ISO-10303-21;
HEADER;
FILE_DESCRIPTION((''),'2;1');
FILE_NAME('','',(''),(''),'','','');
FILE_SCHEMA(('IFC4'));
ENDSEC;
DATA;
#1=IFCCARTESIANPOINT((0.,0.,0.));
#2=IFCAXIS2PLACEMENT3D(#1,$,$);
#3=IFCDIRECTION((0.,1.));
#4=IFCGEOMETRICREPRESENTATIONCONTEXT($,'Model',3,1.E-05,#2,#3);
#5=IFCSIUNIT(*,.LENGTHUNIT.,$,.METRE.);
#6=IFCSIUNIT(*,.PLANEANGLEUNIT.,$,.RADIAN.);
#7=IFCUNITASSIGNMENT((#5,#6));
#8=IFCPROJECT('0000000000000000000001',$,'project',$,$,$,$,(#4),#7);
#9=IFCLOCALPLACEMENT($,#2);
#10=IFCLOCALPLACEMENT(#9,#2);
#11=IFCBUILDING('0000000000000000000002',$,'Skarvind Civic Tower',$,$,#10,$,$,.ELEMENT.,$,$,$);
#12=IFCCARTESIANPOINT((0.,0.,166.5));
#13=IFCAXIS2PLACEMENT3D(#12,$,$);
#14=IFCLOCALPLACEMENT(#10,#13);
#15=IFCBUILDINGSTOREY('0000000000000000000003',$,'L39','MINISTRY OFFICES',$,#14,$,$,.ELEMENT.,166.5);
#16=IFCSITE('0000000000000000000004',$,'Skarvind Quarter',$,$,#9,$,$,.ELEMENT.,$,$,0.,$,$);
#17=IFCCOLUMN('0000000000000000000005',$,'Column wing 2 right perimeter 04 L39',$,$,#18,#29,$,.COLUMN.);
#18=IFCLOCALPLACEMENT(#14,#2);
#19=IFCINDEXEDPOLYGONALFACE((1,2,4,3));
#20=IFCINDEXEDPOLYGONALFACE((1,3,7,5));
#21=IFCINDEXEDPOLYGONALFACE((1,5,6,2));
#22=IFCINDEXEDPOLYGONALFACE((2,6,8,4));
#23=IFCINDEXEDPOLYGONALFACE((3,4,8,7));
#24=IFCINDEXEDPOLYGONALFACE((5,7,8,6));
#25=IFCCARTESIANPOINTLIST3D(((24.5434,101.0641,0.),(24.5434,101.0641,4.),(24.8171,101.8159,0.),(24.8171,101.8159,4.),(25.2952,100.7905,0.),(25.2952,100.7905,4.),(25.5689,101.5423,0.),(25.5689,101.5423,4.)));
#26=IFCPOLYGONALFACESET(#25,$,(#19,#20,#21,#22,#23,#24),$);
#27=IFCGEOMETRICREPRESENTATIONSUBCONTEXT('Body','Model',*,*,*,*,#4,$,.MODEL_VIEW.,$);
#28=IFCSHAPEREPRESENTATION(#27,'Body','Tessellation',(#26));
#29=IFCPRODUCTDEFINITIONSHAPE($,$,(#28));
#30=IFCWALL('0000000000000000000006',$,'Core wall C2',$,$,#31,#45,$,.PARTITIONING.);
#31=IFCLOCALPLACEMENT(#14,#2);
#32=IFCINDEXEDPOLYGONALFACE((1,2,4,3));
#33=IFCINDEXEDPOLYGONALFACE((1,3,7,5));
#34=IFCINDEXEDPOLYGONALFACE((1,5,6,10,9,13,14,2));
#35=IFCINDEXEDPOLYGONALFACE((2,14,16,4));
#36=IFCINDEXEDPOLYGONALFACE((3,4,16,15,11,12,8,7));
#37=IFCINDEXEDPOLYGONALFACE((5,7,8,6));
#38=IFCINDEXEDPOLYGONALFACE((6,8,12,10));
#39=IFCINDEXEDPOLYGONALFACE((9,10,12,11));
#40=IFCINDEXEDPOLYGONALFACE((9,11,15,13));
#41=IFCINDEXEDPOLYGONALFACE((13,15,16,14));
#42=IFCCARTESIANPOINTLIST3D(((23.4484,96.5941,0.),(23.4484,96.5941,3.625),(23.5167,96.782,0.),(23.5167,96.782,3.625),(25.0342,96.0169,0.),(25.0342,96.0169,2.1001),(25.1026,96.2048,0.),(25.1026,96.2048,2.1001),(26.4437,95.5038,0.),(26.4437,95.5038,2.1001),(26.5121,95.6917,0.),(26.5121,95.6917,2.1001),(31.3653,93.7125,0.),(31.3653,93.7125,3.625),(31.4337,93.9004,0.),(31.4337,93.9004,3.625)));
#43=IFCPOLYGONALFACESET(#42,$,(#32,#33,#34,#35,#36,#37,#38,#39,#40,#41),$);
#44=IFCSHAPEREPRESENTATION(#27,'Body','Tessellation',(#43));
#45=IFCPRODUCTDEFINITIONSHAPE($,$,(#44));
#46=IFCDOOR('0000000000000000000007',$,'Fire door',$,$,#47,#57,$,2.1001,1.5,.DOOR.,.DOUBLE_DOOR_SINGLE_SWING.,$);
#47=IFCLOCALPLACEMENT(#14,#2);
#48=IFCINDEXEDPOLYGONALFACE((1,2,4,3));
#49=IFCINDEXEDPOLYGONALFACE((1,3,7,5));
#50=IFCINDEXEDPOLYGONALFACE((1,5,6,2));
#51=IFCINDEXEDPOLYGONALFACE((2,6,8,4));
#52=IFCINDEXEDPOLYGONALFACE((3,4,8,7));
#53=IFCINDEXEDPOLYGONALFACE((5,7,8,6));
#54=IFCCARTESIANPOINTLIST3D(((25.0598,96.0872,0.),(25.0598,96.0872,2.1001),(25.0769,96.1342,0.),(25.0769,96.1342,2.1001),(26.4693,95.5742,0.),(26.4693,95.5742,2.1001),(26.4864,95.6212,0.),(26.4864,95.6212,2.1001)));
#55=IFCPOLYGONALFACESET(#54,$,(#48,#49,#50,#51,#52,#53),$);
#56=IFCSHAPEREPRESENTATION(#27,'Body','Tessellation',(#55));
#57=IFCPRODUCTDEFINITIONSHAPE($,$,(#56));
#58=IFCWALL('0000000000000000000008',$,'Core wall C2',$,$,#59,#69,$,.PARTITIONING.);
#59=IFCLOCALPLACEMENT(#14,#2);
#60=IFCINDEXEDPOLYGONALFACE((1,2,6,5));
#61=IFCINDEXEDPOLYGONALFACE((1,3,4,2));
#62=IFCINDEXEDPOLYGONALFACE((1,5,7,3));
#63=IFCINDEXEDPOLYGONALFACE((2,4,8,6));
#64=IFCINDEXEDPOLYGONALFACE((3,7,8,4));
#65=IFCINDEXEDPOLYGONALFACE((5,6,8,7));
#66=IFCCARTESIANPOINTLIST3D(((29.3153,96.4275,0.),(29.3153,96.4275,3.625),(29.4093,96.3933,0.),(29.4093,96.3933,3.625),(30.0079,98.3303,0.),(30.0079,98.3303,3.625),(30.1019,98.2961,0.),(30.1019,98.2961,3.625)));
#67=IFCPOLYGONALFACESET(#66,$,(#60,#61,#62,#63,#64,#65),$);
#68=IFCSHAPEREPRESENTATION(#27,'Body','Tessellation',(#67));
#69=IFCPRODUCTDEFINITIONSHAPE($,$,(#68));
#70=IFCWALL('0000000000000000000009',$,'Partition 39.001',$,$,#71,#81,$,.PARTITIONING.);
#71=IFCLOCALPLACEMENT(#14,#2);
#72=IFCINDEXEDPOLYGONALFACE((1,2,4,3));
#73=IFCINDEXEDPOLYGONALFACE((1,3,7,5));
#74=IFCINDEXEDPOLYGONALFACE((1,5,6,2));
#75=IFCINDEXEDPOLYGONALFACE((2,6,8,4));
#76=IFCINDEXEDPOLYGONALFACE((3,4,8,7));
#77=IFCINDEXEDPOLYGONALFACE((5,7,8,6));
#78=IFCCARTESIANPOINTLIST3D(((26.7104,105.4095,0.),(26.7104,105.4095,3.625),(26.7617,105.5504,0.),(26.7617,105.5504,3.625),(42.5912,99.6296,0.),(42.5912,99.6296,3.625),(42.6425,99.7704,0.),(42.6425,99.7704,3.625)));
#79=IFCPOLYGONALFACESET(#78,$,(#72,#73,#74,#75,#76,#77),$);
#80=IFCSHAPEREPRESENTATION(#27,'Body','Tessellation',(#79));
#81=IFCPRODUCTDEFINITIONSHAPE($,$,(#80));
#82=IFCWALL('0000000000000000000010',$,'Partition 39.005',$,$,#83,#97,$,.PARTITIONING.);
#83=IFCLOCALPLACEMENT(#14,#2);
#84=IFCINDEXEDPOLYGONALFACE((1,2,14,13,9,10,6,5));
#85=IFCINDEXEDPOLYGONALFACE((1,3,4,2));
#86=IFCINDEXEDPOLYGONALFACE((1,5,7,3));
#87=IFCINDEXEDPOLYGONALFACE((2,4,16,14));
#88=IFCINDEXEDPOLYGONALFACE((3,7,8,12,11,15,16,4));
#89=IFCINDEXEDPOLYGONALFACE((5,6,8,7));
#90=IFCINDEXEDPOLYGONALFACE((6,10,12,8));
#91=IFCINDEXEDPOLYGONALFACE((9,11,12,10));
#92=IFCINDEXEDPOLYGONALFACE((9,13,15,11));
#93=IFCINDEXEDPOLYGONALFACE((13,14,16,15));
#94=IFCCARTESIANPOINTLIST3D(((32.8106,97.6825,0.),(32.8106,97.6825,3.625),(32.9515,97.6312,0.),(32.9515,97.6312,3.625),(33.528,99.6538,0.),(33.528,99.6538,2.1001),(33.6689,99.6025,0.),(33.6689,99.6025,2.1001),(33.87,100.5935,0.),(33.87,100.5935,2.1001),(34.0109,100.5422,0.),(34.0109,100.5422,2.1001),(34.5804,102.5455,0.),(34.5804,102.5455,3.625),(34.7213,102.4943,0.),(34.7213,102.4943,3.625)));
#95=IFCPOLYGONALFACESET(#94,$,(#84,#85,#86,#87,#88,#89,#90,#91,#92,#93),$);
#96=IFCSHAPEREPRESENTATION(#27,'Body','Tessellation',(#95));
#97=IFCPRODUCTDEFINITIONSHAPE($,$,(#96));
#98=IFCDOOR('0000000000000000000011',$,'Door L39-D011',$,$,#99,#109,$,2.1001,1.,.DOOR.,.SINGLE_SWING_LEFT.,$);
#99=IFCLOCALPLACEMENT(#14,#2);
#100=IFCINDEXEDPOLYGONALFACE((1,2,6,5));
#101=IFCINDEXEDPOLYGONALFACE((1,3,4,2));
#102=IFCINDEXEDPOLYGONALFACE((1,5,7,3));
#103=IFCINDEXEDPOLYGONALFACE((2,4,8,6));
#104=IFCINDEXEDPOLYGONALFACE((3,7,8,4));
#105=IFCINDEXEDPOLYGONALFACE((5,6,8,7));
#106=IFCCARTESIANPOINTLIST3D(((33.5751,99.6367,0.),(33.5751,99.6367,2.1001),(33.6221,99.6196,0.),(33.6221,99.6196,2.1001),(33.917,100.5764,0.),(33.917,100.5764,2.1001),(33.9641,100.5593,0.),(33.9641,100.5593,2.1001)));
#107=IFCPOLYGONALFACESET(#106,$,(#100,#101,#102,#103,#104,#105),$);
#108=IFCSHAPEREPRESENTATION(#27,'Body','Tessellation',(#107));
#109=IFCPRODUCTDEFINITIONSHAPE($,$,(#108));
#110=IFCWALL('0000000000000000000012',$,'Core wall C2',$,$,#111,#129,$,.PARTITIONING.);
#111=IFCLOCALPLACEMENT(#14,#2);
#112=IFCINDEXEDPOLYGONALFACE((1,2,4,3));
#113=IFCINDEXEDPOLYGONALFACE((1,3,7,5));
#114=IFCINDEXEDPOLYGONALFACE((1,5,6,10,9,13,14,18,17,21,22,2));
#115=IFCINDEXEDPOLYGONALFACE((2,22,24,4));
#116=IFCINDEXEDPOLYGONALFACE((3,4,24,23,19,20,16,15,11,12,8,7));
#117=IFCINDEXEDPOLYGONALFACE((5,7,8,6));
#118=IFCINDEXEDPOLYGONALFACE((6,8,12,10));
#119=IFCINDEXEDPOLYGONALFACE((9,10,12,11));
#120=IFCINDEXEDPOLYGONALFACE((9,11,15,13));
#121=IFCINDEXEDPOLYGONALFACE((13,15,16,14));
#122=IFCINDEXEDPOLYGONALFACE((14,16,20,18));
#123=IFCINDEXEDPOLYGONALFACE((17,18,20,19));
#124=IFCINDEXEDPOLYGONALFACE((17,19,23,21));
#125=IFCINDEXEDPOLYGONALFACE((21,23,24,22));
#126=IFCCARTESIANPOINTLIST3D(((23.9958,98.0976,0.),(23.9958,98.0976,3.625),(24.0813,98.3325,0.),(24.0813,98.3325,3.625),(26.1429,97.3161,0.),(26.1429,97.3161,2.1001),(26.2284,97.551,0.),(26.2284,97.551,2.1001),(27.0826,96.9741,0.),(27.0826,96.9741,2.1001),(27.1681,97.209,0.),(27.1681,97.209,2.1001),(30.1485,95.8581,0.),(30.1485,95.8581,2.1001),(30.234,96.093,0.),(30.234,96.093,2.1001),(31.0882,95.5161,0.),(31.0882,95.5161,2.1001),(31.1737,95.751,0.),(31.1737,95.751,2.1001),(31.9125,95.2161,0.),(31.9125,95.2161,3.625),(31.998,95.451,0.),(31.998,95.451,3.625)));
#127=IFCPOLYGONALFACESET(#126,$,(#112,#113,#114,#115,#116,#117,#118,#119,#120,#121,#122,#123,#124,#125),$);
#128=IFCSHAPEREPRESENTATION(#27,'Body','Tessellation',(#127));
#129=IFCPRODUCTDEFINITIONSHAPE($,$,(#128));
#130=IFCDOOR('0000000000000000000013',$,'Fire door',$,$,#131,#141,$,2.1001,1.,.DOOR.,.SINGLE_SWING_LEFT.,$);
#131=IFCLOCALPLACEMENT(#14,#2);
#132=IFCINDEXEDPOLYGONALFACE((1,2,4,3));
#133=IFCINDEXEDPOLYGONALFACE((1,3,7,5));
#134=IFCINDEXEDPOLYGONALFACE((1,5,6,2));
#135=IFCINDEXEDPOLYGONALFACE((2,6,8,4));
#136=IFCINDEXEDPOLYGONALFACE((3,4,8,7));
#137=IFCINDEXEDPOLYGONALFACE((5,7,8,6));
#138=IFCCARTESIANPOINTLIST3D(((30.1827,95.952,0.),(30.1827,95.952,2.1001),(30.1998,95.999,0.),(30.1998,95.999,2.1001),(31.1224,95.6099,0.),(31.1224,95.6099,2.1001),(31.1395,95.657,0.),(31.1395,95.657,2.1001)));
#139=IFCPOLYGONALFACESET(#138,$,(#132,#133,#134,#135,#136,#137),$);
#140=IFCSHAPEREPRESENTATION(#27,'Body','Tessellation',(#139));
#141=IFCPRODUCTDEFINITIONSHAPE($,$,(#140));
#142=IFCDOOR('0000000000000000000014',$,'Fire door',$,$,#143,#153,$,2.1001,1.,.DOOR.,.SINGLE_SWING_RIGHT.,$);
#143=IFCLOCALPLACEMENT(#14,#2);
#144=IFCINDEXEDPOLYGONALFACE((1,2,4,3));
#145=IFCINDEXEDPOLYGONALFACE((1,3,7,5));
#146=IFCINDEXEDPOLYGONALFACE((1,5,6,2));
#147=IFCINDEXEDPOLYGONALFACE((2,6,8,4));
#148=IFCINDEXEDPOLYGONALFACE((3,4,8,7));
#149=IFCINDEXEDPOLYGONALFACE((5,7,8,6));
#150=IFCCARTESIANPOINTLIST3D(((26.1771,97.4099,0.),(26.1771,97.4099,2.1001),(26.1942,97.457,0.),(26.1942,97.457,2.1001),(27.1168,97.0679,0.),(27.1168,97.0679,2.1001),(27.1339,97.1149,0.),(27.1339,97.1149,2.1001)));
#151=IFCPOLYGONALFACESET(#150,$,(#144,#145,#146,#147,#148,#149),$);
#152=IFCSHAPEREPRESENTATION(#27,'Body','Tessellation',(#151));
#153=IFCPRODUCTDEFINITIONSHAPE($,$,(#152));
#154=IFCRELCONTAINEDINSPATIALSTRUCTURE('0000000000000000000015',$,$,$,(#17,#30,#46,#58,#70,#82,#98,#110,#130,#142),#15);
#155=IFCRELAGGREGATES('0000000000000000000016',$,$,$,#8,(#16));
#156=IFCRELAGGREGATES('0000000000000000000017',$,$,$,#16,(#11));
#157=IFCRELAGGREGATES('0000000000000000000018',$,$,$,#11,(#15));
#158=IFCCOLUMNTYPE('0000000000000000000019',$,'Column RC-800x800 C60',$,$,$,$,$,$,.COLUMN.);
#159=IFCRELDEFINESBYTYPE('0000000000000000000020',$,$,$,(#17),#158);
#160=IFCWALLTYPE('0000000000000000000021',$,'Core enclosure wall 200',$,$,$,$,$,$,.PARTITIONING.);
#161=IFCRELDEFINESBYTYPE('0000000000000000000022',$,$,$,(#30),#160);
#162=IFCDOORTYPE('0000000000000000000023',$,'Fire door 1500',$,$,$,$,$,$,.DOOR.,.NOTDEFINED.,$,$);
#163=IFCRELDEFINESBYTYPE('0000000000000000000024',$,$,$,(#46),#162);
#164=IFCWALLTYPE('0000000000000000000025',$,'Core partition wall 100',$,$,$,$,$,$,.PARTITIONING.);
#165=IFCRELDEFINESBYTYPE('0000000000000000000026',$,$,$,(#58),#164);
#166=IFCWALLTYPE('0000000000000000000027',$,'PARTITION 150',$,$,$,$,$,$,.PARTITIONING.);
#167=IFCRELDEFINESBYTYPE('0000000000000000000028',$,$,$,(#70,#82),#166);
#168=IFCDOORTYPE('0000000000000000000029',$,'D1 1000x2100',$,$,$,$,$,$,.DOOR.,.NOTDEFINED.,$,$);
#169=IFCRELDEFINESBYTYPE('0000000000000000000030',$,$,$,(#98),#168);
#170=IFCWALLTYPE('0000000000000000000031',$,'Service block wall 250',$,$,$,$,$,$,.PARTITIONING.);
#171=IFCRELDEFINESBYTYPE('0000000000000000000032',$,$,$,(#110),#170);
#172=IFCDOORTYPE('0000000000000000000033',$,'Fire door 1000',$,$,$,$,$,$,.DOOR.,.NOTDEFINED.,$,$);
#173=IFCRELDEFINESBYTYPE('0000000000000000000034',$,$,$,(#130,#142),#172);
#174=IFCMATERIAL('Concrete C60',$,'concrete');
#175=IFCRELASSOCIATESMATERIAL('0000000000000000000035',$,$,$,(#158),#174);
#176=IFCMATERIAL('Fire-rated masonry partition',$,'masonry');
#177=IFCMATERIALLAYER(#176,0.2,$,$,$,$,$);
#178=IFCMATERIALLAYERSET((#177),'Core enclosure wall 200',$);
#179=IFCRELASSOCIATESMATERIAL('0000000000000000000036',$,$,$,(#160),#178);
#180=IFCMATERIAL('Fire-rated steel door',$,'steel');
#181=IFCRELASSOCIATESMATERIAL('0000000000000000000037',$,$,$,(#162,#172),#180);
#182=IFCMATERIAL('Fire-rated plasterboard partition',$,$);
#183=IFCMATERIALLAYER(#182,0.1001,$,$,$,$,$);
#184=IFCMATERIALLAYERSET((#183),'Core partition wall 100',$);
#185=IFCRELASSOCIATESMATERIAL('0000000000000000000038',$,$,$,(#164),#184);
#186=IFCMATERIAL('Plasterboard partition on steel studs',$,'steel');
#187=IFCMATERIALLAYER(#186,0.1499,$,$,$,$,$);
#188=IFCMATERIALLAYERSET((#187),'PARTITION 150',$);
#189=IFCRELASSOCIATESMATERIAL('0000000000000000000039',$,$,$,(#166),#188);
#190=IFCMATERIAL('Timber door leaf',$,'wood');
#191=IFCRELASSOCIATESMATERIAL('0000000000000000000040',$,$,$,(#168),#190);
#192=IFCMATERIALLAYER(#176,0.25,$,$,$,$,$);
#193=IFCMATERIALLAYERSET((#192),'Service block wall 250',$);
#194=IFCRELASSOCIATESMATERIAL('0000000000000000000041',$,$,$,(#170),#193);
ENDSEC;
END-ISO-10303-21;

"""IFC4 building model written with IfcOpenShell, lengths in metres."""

from ifc_helpers import new_model, si_unit, direction, frame, frame_2d, origin, origin_2d, place, context, subcontext, project, spatial, rectangle, extrude, material, layer, layer_set, material_profile, profile_set, type_object, element, fill, save


model = new_model("IFC4")

# Units and contexts
model_context = context("Model", 3, precision=1e-05, world=origin(), true_north=direction((0.0, 1.0)))
body_context = subcontext(model_context, "Body", "Model", "MODEL_VIEW")
ifc_project = project(units=[si_unit("LENGTHUNIT", "METRE"), si_unit("PLANEANGLEUNIT", "RADIAN")], contexts=[model_context])

# Site, building, storey
site_placement = place(None, origin())
site = spatial("IfcSite", under=ifc_project, at=site_placement, Name="Skarvind Quarter", CompositionType="ELEMENT", RefElevation=0.0)
building_placement = place(site_placement, origin())
building = spatial("IfcBuilding", under=site, at=building_placement, Name="Skarvind Civic Tower", CompositionType="ELEMENT")
storey_placement = place(building_placement, frame((0.0, 0.0, 166.5)))
storey = spatial("IfcBuildingStorey", under=building, at=storey_placement, Name="L39", Description="MINISTRY OFFICES", CompositionType="ELEMENT", Elevation=166.5)

# Column
ifc_material_1 = material(Name="Concrete C60", Category="concrete")
ifc_material_profile = material_profile(ifc_material_1, rectangle(XDim=0.8, YDim=0.8, at=origin_2d()), Name="RC-800x800")
ifc_profile_set = profile_set([ifc_material_profile], Name="Concrete C60")
column_type = type_object("IfcColumnType", Name="Column RC-800x800 C60", PredefinedType="COLUMN", material=ifc_profile_set)
column_placement = place(storey_placement, frame((25.0562, 101.3032, 0.0), z_axis=(0.0, 0.0, 1.0), x_axis=(-0.34202, -0.939693, 0.0)))
element("IfcColumn", 1, at=column_placement, inside=storey, type_object=column_type, Name="Column wing 2 right perimeter 04 L39", PredefinedType="COLUMN", context=body_context, shape_type="SweptSolid", body=[
    extrude(rectangle(XDim=0.8, YDim=0.8, at=origin_2d()), origin(), (0.0, 0.0, 1.0), 4.0),
])

# Wall, opening, door
ifc_material_2 = material(Name="Fire-rated masonry partition", Category="masonry")
ifc_layer_1 = layer(ifc_material_2, 0.2)
ifc_layer_set_1 = layer_set([ifc_layer_1], Name="Core enclosure wall 200")
wall_type_1 = type_object("IfcWallType", Name="Core enclosure wall 200", PredefinedType="PARTITIONING", material=ifc_layer_set_1)
wall_1_placement = place(storey_placement, frame((23.4827, 96.688, 0.0), z_axis=(0.0, 0.0, 1.0), x_axis=(0.939691, -0.342025, 0.0)))
wall_1 = element("IfcWall", 2, at=wall_1_placement, inside=storey, type_object=wall_type_1, Name="Core wall C2", PredefinedType="PARTITIONING", context=body_context, shape_type="SweptSolid", body=[
    extrude(rectangle(XDim=8.425, YDim=0.2, at=frame_2d((4.2124, 0.0))), origin(), (0.0, 0.0, 1.0), 3.625),
])
opening_1_placement = place(wall_1_placement, frame((1.6875, 0.0, 0.0)))
opening_1 = element("IfcOpeningElement", 3, at=opening_1_placement, cuts=wall_1, PredefinedType="OPENING", context=body_context, shape_type="SweptSolid", body=[
    extrude(rectangle(XDim=1.5, YDim=2.1001, at=frame_2d((0.75, 1.05))), frame((0.0, 0.1099, 0.0), z_axis=(0.0, -1.0, 0.0), x_axis=(1.0, 0.0, 0.0)), (0.0, 0.0, 1.0), 0.22),
])
ifc_material_3 = material(Name="Fire-rated steel door", Category="steel")
door_type_1 = type_object("IfcDoorType", Name="Fire door 1500", OperationType="NOTDEFINED", PredefinedType="DOOR", material=ifc_material_3)
door_1_placement = place(opening_1_placement, origin())
door_1 = element("IfcDoor", 4, at=door_1_placement, inside=storey, type_object=door_type_1, Name="Fire door", OperationType="DOUBLE_DOOR_SINGLE_SWING", OverallHeight=2.1001, OverallWidth=1.5, PredefinedType="DOOR", context=body_context, shape_type="SweptSolid", body=[
    extrude(rectangle(XDim=1.5, YDim=2.1001, at=frame_2d((0.75, 1.05))), frame((0.0, 0.0249, 0.0), z_axis=(0.0, -1.0, 0.0), x_axis=(1.0, 0.0, 0.0)), (0.0, 0.0, 1.0), 0.05),
])
fill(opening_1, door_1)

# Walls
ifc_material_4 = material(Name="Fire-rated plasterboard partition")
ifc_layer_2 = layer(ifc_material_4, 0.1001)
ifc_layer_set_2 = layer_set([ifc_layer_2], Name="Core partition wall 100")
wall_type_2 = type_object("IfcWallType", Name="Core partition wall 100", PredefinedType="PARTITIONING", material=ifc_layer_set_2)
wall_2_placement = place(storey_placement, frame((29.3623, 96.4104, 0.0), z_axis=(0.0, 0.0, 1.0), x_axis=(0.342043, 0.939684, 0.0)))
element("IfcWall", 5, at=wall_2_placement, inside=storey, type_object=wall_type_2, Name="Core wall C2", PredefinedType="PARTITIONING", context=body_context, shape_type="SweptSolid", body=[
    extrude(rectangle(XDim=2.0249, YDim=0.1001, at=frame_2d((1.0125, 0.0))), origin(), (0.0, 0.0, 1.0), 3.625),
])
ifc_material_5 = material(Name="Plasterboard partition on steel studs", Category="steel")
ifc_layer_3 = layer(ifc_material_5, 0.1499)
ifc_layer_set_3 = layer_set([ifc_layer_3], Name="PARTITION 150")
wall_type_3 = type_object("IfcWallType", Name="PARTITION 150", PredefinedType="PARTITIONING", material=ifc_layer_set_3)
wall_3_placement = place(storey_placement, frame((26.7361, 105.48, 0.0), z_axis=(0.0, 0.0, 1.0), x_axis=(0.939695, -0.342013, 0.0)))
element("IfcWall", 6, at=wall_3_placement, inside=storey, type_object=wall_type_3, Name="Partition 39.001", PredefinedType="PARTITIONING", context=body_context, shape_type="SweptSolid", body=[
    extrude(rectangle(XDim=16.8999, YDim=0.1499, at=frame_2d((8.45, 0.0))), origin(), (0.0, 0.0, 1.0), 3.625),
])

# Wall, opening, door
wall_4_placement = place(storey_placement, frame((32.8811, 97.657, 0.0), z_axis=(0.0, 0.0, 1.0), x_axis=(0.341982, 0.939707, 0.0)))
wall_4 = element("IfcWall", 7, at=wall_4_placement, inside=storey, type_object=wall_type_3, Name="Partition 39.005", PredefinedType="PARTITIONING", context=body_context, shape_type="SweptSolid", body=[
    extrude(rectangle(XDim=5.175, YDim=0.1499, at=frame_2d((2.5874, 0.0))), origin(), (0.0, 0.0, 1.0), 3.625),
])
opening_2_placement = place(wall_4_placement, frame((2.0977, 0.0, 0.0)))
opening_2 = element("IfcOpeningElement", 8, at=opening_2_placement, cuts=wall_4, PredefinedType="OPENING", context=body_context, shape_type="SweptSolid", body=[
    extrude(rectangle(XDim=1.0, YDim=2.1001, at=frame_2d((0.5, 1.05))), frame((0.0, 0.085, 0.0), z_axis=(0.0, -1.0, 0.0), x_axis=(1.0, 0.0, 0.0)), (0.0, 0.0, 1.0), 0.1699),
])
ifc_material_6 = material(Name="Timber door leaf", Category="wood")
door_type_2 = type_object("IfcDoorType", Name="D1 1000x2100", OperationType="NOTDEFINED", PredefinedType="DOOR", material=ifc_material_6)
door_2_placement = place(opening_2_placement, origin())
door_2 = element("IfcDoor", 9, at=door_2_placement, inside=storey, type_object=door_type_2, Name="Door L39-D011", OperationType="SINGLE_SWING_LEFT", OverallHeight=2.1001, OverallWidth=1.0, PredefinedType="DOOR", context=body_context, shape_type="SweptSolid", body=[
    extrude(rectangle(XDim=1.0, YDim=2.1001, at=frame_2d((0.5, 1.05))), frame((0.0, 0.0249, 0.0), z_axis=(0.0, -1.0, 0.0), x_axis=(1.0, 0.0, 0.0)), (0.0, 0.0, 1.0), 0.05),
])
fill(opening_2, door_2)

# Wall, openings, doors
ifc_layer_4 = layer(ifc_material_2, 0.25)
ifc_layer_set_4 = layer_set([ifc_layer_4], Name="Service block wall 250")
wall_type_4 = type_object("IfcWallType", Name="Service block wall 250", PredefinedType="PARTITIONING", material=ifc_layer_set_4)
wall_5_placement = place(storey_placement, frame((24.0386, 98.2151, 0.0), z_axis=(0.0, 0.0, 1.0), x_axis=(0.939688, -0.342034, 0.0)))
wall_5 = element("IfcWall", 10, at=wall_5_placement, inside=storey, type_object=wall_type_4, Name="Core wall C2", PredefinedType="PARTITIONING", context=body_context, shape_type="SweptSolid", body=[
    extrude(rectangle(XDim=8.4248, YDim=0.25, at=frame_2d((4.2124, 0.0))), origin(), (0.0, 0.0, 1.0), 3.625),
])
opening_3_placement = place(wall_5_placement, frame((6.5476, 0.0, 0.0)))
opening_3 = element("IfcOpeningElement", 11, at=opening_3_placement, cuts=wall_5, PredefinedType="OPENING", context=body_context, shape_type="SweptSolid", body=[
    extrude(rectangle(XDim=1.0, YDim=2.1001, at=frame_2d((0.5, 1.05))), frame((0.0, 0.135, 0.0), z_axis=(0.0, -1.0, 0.0), x_axis=(1.0, 0.0, 0.0)), (0.0, 0.0, 1.0), 0.27),
])
opening_4_placement = place(wall_5_placement, frame((2.2849, 0.0, 0.0)))
opening_4 = element("IfcOpeningElement", 12, at=opening_4_placement, cuts=wall_5, PredefinedType="OPENING", context=body_context, shape_type="SweptSolid", body=[
    extrude(rectangle(XDim=1.0, YDim=2.1001, at=frame_2d((0.5, 1.05))), frame((0.0, 0.135, 0.0), z_axis=(0.0, -1.0, 0.0), x_axis=(1.0, 0.0, 0.0)), (0.0, 0.0, 1.0), 0.27),
])
door_type_3 = type_object("IfcDoorType", Name="Fire door 1000", OperationType="NOTDEFINED", PredefinedType="DOOR", material=ifc_material_3)
door_3_placement = place(opening_3_placement, origin())
door_3 = element("IfcDoor", 13, at=door_3_placement, inside=storey, type_object=door_type_3, Name="Fire door", OperationType="SINGLE_SWING_LEFT", OverallHeight=2.1001, OverallWidth=1.0, PredefinedType="DOOR", context=body_context, shape_type="SweptSolid", body=[
    extrude(rectangle(XDim=1.0, YDim=2.1001, at=frame_2d((0.5, 1.05))), frame((0.0, 0.0249, 0.0), z_axis=(0.0, -1.0, 0.0), x_axis=(1.0, 0.0, 0.0)), (0.0, 0.0, 1.0), 0.05),
])
fill(opening_3, door_3)
door_4_placement = place(opening_4_placement, origin())
door_4 = element("IfcDoor", 14, at=door_4_placement, inside=storey, type_object=door_type_3, Name="Fire door", OperationType="SINGLE_SWING_RIGHT", OverallHeight=2.1001, OverallWidth=1.0, PredefinedType="DOOR", context=body_context, shape_type="SweptSolid", body=[
    extrude(rectangle(XDim=1.0, YDim=2.1001, at=frame_2d((0.5, 1.05))), frame((0.0, 0.0249, 0.0), z_axis=(0.0, -1.0, 0.0), x_axis=(1.0, 0.0, 0.0)), (0.0, 0.0, 1.0), 0.05),
])
fill(opening_4, door_4)

save(model, "model.ifc")
